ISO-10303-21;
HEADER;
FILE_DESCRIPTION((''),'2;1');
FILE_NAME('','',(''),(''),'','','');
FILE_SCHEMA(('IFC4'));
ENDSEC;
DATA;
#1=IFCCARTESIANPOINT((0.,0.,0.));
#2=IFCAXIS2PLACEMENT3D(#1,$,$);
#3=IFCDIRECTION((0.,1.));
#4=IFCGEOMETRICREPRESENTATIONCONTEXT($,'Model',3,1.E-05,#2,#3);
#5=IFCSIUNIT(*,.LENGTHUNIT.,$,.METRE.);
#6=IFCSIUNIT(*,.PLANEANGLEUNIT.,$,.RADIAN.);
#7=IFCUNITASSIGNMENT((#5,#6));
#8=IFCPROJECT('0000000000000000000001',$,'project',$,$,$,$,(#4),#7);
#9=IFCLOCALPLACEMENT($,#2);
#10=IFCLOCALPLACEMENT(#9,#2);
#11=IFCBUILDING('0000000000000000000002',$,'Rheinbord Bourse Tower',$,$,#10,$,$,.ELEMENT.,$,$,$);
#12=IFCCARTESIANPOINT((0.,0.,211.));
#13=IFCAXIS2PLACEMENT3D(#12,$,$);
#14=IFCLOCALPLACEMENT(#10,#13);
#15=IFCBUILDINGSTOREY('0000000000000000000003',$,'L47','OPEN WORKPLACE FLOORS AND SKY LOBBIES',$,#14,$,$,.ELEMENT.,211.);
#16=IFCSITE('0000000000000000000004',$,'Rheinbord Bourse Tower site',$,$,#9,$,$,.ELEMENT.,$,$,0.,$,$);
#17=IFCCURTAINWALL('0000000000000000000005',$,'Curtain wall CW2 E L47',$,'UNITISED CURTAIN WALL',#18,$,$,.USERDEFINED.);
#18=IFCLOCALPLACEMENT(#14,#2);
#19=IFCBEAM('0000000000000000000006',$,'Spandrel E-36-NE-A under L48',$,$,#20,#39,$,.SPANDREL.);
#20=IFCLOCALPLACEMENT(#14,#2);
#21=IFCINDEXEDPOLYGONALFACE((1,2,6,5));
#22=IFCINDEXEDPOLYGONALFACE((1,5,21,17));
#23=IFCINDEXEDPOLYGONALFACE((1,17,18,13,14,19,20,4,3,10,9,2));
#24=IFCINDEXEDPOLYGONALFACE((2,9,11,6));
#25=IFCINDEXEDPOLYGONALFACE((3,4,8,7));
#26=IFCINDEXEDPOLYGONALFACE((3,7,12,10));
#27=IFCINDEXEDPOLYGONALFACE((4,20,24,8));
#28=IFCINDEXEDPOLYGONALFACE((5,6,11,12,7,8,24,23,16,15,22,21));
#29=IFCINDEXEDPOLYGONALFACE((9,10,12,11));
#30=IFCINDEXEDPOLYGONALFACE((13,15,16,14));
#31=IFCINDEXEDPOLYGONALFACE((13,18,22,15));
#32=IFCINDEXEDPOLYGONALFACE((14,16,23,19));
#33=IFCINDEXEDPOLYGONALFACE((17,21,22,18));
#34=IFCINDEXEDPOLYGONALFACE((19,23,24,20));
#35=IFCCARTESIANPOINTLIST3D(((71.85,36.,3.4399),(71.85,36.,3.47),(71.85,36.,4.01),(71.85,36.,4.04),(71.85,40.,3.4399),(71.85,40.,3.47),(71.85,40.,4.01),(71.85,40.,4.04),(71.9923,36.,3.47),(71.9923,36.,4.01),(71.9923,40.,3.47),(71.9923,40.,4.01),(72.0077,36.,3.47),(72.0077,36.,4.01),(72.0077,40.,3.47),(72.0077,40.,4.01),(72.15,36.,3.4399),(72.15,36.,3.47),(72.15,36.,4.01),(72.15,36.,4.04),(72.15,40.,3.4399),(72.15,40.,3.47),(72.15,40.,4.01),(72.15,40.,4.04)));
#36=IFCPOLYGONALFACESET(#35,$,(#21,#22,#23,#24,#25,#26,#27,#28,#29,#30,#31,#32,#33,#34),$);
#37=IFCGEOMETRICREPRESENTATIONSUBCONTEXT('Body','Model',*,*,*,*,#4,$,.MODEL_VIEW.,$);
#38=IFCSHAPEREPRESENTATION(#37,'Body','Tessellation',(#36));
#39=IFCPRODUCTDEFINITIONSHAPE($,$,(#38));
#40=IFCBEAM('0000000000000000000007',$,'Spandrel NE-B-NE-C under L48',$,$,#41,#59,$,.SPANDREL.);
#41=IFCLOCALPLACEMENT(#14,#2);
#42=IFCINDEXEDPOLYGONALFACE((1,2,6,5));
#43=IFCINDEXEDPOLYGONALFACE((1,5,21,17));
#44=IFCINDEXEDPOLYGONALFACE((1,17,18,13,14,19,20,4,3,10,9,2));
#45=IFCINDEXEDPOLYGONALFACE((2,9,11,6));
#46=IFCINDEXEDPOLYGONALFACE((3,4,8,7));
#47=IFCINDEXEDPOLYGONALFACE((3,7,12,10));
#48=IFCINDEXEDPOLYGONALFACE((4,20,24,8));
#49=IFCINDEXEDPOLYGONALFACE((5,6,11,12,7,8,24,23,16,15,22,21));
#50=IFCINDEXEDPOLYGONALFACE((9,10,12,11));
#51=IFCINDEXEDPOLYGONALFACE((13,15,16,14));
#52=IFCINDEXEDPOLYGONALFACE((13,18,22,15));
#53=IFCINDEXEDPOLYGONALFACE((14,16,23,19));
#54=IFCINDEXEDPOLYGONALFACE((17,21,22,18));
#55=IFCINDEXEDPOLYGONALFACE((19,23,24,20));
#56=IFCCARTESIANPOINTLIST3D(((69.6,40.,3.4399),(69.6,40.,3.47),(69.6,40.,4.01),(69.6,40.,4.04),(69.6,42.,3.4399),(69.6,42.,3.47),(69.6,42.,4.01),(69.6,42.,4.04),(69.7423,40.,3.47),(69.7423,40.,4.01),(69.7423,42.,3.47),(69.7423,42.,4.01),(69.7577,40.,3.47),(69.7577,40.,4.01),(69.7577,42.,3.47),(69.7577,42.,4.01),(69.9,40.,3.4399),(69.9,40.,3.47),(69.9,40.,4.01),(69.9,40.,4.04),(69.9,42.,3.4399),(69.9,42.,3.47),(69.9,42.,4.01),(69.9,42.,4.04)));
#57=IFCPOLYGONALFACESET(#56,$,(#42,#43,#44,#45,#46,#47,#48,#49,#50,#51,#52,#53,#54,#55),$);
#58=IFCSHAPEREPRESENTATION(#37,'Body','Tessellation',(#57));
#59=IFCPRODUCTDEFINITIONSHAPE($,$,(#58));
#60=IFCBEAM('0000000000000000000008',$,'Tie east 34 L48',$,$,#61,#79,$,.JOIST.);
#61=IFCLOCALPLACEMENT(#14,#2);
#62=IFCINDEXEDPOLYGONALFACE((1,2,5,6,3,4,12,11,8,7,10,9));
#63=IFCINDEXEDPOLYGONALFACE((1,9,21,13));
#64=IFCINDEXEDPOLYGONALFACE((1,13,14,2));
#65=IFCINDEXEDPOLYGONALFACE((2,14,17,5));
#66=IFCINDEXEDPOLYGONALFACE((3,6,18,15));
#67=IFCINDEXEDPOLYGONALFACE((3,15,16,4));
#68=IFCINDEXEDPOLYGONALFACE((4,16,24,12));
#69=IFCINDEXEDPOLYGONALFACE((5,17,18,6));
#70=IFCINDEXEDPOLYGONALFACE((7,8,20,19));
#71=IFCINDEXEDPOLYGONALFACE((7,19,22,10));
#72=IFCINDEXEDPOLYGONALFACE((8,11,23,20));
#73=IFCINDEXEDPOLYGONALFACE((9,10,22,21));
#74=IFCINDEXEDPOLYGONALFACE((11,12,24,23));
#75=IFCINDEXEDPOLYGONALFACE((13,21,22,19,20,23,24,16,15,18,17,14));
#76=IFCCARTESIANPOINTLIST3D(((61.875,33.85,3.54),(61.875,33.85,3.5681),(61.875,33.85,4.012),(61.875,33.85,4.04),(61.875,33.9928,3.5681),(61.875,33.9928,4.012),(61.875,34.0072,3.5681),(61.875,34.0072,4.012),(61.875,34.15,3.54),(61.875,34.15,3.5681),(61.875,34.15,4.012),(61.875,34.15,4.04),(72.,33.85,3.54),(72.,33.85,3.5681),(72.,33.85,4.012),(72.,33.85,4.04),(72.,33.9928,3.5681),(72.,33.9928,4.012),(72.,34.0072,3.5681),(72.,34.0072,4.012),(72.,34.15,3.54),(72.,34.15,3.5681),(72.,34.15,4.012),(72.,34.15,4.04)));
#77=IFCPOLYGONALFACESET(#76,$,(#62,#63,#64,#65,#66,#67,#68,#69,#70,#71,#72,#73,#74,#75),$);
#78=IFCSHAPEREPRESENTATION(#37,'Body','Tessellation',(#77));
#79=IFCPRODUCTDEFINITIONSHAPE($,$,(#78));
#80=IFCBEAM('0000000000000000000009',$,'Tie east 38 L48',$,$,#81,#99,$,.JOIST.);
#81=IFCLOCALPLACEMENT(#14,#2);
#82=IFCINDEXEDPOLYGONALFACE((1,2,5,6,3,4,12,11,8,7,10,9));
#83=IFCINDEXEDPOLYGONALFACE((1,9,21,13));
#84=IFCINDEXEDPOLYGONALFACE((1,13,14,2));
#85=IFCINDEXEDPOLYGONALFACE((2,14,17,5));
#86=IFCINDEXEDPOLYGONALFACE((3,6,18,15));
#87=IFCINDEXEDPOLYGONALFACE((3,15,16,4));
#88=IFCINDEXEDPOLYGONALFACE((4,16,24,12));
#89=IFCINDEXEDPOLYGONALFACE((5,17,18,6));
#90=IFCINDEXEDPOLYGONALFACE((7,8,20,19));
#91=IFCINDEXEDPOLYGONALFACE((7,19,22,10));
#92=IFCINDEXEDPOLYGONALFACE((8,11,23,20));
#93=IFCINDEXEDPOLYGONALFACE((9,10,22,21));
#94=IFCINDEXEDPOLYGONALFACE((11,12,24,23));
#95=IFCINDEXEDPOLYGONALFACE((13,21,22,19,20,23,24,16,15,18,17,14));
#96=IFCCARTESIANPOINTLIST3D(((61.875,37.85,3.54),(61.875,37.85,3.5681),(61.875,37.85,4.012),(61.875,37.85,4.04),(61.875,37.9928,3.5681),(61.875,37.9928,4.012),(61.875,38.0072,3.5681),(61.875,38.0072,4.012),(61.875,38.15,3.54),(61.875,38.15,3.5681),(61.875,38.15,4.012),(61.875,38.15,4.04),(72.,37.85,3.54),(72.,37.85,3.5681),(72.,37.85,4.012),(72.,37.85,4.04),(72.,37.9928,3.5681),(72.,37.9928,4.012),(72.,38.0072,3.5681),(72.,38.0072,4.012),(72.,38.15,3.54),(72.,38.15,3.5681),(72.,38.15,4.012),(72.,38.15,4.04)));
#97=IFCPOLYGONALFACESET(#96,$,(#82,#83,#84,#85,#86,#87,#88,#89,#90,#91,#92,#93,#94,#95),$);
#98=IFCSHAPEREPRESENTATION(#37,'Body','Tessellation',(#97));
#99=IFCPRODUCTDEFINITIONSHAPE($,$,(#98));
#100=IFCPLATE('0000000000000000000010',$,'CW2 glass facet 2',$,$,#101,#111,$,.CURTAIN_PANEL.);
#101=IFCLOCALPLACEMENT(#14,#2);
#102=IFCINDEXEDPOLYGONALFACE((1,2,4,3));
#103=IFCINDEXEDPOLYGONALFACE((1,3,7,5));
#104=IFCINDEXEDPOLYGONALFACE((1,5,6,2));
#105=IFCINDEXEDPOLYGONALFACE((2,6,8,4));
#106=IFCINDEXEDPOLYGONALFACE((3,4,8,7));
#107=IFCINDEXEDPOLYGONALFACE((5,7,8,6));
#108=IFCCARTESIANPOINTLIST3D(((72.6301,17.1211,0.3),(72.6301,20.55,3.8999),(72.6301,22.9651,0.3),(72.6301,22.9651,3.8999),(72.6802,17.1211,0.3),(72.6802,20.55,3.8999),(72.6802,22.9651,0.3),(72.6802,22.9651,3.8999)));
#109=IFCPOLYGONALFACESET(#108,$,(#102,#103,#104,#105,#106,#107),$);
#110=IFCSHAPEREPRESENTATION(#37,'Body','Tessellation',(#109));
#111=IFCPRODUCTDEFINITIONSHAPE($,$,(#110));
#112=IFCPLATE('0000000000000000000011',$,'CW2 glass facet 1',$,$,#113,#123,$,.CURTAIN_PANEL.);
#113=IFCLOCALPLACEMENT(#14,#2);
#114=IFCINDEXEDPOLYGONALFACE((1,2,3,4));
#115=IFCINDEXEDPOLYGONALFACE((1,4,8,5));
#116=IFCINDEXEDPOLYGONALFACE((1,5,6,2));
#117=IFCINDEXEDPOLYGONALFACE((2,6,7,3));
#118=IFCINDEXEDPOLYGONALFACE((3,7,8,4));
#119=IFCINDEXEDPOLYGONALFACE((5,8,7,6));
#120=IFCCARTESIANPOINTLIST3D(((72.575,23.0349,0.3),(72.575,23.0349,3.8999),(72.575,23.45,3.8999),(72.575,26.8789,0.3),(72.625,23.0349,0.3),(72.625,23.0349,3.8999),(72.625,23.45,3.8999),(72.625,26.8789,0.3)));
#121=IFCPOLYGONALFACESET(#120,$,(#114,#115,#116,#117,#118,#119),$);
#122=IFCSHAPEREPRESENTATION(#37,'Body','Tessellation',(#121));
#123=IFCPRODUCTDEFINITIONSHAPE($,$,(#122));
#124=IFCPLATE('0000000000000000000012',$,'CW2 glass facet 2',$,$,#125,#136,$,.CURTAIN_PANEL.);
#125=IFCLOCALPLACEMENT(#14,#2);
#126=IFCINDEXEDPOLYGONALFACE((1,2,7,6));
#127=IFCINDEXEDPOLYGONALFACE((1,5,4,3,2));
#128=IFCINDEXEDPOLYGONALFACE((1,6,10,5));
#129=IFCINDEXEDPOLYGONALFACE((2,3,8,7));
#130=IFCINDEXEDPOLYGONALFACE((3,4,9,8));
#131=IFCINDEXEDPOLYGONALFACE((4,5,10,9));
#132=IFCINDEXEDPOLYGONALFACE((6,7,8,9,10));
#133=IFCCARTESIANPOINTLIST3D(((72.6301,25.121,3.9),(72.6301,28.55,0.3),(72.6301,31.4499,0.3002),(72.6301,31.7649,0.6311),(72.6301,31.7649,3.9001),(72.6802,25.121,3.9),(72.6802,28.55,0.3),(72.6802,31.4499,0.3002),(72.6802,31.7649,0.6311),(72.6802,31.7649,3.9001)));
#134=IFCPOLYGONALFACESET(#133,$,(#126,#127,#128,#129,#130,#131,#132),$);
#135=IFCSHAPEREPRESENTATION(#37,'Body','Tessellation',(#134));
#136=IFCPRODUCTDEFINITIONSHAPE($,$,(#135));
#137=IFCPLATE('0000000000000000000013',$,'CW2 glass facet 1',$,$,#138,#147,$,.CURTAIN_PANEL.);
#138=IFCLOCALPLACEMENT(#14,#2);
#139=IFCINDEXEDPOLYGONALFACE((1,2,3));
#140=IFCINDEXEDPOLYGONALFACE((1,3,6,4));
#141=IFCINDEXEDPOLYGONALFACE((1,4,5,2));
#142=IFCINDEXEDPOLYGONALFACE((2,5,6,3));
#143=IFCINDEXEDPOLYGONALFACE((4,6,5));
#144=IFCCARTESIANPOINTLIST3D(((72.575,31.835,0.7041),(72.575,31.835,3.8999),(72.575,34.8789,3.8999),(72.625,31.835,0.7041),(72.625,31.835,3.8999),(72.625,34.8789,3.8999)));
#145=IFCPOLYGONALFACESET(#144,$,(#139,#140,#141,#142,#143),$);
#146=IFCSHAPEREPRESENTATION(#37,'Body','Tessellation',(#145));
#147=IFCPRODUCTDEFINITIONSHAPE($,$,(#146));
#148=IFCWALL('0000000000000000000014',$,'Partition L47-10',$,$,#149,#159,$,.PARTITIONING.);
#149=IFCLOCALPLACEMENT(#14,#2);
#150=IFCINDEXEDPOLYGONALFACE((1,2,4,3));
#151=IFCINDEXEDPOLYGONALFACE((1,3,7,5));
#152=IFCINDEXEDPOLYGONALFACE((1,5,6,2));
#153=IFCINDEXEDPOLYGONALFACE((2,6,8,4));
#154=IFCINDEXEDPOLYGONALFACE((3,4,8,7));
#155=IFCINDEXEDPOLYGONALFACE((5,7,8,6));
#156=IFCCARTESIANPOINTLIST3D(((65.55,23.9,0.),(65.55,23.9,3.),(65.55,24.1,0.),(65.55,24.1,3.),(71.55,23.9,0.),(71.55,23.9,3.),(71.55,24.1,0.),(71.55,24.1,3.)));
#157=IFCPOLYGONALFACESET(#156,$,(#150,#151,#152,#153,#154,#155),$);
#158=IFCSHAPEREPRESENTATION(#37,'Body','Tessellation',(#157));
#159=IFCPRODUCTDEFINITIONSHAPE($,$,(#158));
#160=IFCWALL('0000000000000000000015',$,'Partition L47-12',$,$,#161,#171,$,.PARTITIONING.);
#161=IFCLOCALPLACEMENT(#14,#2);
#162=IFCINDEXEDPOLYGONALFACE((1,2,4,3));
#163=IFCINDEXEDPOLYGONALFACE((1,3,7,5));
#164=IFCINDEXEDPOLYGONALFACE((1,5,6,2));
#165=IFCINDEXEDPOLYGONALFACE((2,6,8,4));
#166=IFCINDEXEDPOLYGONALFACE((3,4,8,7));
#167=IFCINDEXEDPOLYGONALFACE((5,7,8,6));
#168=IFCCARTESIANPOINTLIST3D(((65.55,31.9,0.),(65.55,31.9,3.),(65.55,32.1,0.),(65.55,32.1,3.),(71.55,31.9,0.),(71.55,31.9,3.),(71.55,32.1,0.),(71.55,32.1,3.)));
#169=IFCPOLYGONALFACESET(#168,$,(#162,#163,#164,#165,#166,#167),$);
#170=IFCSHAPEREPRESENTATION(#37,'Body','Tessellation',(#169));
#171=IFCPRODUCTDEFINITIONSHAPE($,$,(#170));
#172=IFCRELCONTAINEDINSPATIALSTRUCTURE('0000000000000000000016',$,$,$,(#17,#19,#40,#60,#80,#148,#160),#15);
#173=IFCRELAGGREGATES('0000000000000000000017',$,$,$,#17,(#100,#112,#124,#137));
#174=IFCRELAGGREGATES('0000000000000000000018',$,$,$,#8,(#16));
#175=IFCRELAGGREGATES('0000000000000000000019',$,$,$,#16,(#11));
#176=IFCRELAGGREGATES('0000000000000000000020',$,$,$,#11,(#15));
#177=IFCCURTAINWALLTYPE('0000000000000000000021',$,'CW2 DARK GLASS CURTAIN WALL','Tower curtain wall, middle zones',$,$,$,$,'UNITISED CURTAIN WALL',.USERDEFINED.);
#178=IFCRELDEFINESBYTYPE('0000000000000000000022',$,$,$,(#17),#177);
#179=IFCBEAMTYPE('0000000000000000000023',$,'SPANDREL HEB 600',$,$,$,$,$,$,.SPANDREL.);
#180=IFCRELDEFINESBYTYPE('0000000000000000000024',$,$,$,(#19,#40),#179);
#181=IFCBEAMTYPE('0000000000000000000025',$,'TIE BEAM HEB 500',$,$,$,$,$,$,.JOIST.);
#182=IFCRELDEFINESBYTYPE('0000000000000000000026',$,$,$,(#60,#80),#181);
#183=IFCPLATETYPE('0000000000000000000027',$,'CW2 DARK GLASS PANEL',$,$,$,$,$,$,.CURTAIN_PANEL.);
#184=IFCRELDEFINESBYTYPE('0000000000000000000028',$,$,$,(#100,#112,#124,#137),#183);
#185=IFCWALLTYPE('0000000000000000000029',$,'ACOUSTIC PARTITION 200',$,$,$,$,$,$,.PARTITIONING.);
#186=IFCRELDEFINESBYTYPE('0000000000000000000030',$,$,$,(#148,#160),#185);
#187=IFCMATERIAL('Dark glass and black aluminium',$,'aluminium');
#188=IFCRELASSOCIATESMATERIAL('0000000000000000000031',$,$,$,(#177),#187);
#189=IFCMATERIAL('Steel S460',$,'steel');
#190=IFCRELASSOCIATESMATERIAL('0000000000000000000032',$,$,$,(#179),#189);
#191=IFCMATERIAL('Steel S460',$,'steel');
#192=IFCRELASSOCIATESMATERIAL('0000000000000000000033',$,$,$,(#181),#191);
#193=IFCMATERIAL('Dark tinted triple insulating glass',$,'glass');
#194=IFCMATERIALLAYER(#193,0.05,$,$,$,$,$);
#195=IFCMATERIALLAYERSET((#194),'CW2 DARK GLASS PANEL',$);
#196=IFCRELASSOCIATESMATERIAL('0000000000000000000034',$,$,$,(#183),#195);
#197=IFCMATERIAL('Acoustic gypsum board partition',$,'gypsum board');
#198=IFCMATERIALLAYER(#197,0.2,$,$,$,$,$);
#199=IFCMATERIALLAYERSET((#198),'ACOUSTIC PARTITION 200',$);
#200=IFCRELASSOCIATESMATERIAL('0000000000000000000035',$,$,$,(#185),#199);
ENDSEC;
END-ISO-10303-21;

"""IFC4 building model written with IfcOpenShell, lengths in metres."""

from ifc_helpers import new_model, si_unit, direction, frame, frame_2d, origin, origin_2d, place, context, subcontext, project, spatial, polyline, rectangle, i_section, outline, extrude, material, layer, layer_set, material_profile, profile_set, type_object, element, aggregate, save


model = new_model("IFC4")

# Units and contexts
model_context = context("Model", 3, precision=1e-05, world=origin(), true_north=direction((0.0, 1.0)))
body_context = subcontext(model_context, "Body", "Model", "MODEL_VIEW")
ifc_project = project(units=[si_unit("LENGTHUNIT", "METRE"), si_unit("PLANEANGLEUNIT", "RADIAN")], contexts=[model_context])

# Site, building, storey
site_placement = place(None, origin())
site = spatial("IfcSite", under=ifc_project, at=site_placement, Name="Rheinbord Bourse Tower site", CompositionType="ELEMENT", RefElevation=0.0)
building_placement = place(site_placement, origin())
building = spatial("IfcBuilding", under=site, at=building_placement, Name="Rheinbord Bourse Tower", CompositionType="ELEMENT")
storey_placement = place(building_placement, frame((0.0, 0.0, 211.0)))
storey = spatial("IfcBuildingStorey", under=building, at=storey_placement, Name="L47", Description="OPEN WORKPLACE FLOORS AND SKY LOBBIES", CompositionType="ELEMENT", Elevation=211.0)

# Curtain wall
ifc_material_1 = material(Name="Dark glass and black aluminium", Category="aluminium")
curtain_wall_type = type_object("IfcCurtainWallType", Name="CW2 DARK GLASS CURTAIN WALL", Description="Tower curtain wall, middle zones", ElementType="UNITISED CURTAIN WALL", PredefinedType="USERDEFINED", material=ifc_material_1)
curtain_wall_placement = place(storey_placement, origin())
curtain_wall = element("IfcCurtainWall", 1, at=curtain_wall_placement, inside=storey, type_object=curtain_wall_type, Name="Curtain wall CW2 E L47", ObjectType="UNITISED CURTAIN WALL", PredefinedType="USERDEFINED")

# Beams
ifc_material_2 = material(Name="Steel S460", Category="steel")
ifc_material_profile_1 = material_profile(ifc_material_2, i_section(OverallWidth=0.3, OverallDepth=0.6001, WebThickness=0.0154, FlangeThickness=0.03, at=origin_2d()), Name="HEB 600")
ifc_profile_set_1 = profile_set([ifc_material_profile_1], Name="Steel S460")
beam_type_1 = type_object("IfcBeamType", Name="SPANDREL HEB 600", PredefinedType="SPANDREL", material=ifc_profile_set_1)
for number, where, z_axis, x_axis, name in (
    (2, (72.0, 36.0, 3.74), (0.0, 1.0, 0.0), (-1.0, 0.0, 0.0), "Spandrel E-36-NE-A under L48"),
):
    element("IfcBeam", number, at=place(storey_placement, frame(where, z_axis=z_axis, x_axis=x_axis)), inside=storey, type_object=beam_type_1, Name=name, PredefinedType="SPANDREL", context=body_context, shape_type="SweptSolid", body=[
        extrude(i_section(OverallWidth=0.3, OverallDepth=0.6001, WebThickness=0.0154, FlangeThickness=0.03, at=origin_2d()), origin(), (0.0, 0.0, 1.0), 4.0),
    ])
beam_placement = place(storey_placement, frame((69.75, 40.0, 3.74), z_axis=(0.0, 1.0, 0.0), x_axis=(-1.0, 0.0, 0.0)))
element("IfcBeam", 3, at=beam_placement, inside=storey, type_object=beam_type_1, Name="Spandrel NE-B-NE-C under L48", PredefinedType="SPANDREL", context=body_context, shape_type="SweptSolid", body=[
    extrude(i_section(OverallWidth=0.3, OverallDepth=0.6001, WebThickness=0.0154, FlangeThickness=0.03, at=origin_2d()), origin(), (0.0, 0.0, 1.0), 2.0),
])
ifc_material_3 = material(Name="Steel S460", Category="steel")
ifc_material_profile_2 = material_profile(ifc_material_3, i_section(OverallWidth=0.3, OverallDepth=0.5, WebThickness=0.0144, FlangeThickness=0.0281, at=origin_2d()), Name="HEB 500")
ifc_profile_set_2 = profile_set([ifc_material_profile_2], Name="Steel S460")
beam_type_2 = type_object("IfcBeamType", Name="TIE BEAM HEB 500", PredefinedType="JOIST", material=ifc_profile_set_2)
for number, where, z_axis, x_axis, name in (
    (4, (61.875, 34.0, 3.79), (1.0, 0.0, 0.0), (0.0, 1.0, 0.0), "Tie east 34 L48"),
    (5, (61.875, 38.0, 3.79), (1.0, 0.0, 0.0), (0.0, 1.0, 0.0), "Tie east 38 L48"),
):
    element("IfcBeam", number, at=place(storey_placement, frame(where, z_axis=z_axis, x_axis=x_axis)), inside=storey, type_object=beam_type_2, Name=name, PredefinedType="JOIST", context=body_context, shape_type="SweptSolid", body=[
        extrude(i_section(OverallWidth=0.3, OverallDepth=0.5, WebThickness=0.0144, FlangeThickness=0.0281, at=origin_2d()), origin(), (0.0, 0.0, 1.0), 10.125),
    ])

# Plates
ifc_material_4 = material(Name="Dark tinted triple insulating glass", Category="glass")
ifc_layer_1 = layer(ifc_material_4, 0.05)
ifc_layer_set_1 = layer_set([ifc_layer_1], Name="CW2 DARK GLASS PANEL")
plate_type = type_object("IfcPlateType", Name="CW2 DARK GLASS PANEL", PredefinedType="CURTAIN_PANEL", material=ifc_layer_set_1)
plate_1_placement = place(storey_placement, frame((72.6802, 22.9651, 3.8999), z_axis=(-1.0, 0.0, 0.0), x_axis=(0.0, 0.0, -1.0)))
plate_1 = element("IfcPlate", 6, at=plate_1_placement, type_object=plate_type, Name="CW2 glass facet 2", PredefinedType="CURTAIN_PANEL", context=body_context, shape_type="SweptSolid", body=[
    extrude(outline(polyline([(0.0, 0.0), (3.5999, 0.0), (3.5999, 5.844), (0.0, 2.415), (0.0, 0.0)])), origin(), (0.0, 0.0, 1.0), 0.05),
])
plate_2_placement = place(storey_placement, frame((72.625, 23.0349, 0.3), z_axis=(-1.0, 0.0, 0.0), x_axis=(0.0, 0.0, 1.0)))
plate_2 = element("IfcPlate", 7, at=plate_2_placement, type_object=plate_type, Name="CW2 glass facet 1", PredefinedType="CURTAIN_PANEL", context=body_context, shape_type="SweptSolid", body=[
    extrude(outline(polyline([(0.0, 0.0), (3.5999, 0.0), (3.5999, 0.415), (0.0, 3.844), (0.0, 0.0)])), origin(), (0.0, 0.0, 1.0), 0.05),
])
plate_3_placement = place(storey_placement, frame((72.6802, 28.55, 0.3), z_axis=(-1.0, 0.0, 0.0), x_axis=(0.0, -0.68971, 0.724085)))
plate_3 = element("IfcPlate", 8, at=plate_3_placement, type_object=plate_type, Name="CW2 glass facet 2", PredefinedType="CURTAIN_PANEL", context=body_context, shape_type="SweptSolid", body=[
    extrude(outline(polyline([(0.0, 0.0), (4.9717, 0.0), (0.3894, 4.8108), (-1.9775, 2.5562), (-2.0, 2.0999), (0.0, 0.0)])), origin(), (0.0, 0.0, 1.0), 0.05),
])
plate_4_placement = place(storey_placement, frame((72.625, 31.835, 3.8999), z_axis=(-1.0, 0.0, 0.0), x_axis=(0.0, 1.0, 0.0)))
plate_4 = element("IfcPlate", 9, at=plate_4_placement, type_object=plate_type, Name="CW2 glass facet 1", PredefinedType="CURTAIN_PANEL", context=body_context, shape_type="SweptSolid", body=[
    extrude(outline(polyline([(0.0, 0.0), (3.0439, 0.0), (0.0, 3.1958), (0.0, 0.0)])), origin(), (0.0, 0.0, 1.0), 0.05),
])
aggregate(curtain_wall, [plate_1, plate_2, plate_3, plate_4])

# Walls
ifc_material_5 = material(Name="Acoustic gypsum board partition", Category="gypsum board")
ifc_layer_2 = layer(ifc_material_5, 0.2)
ifc_layer_set_2 = layer_set([ifc_layer_2], Name="ACOUSTIC PARTITION 200")
wall_type_1 = type_object("IfcWallType", Name="ACOUSTIC PARTITION 200", PredefinedType="PARTITIONING", material=ifc_layer_set_2)
for number, where, z_axis, x_axis, name in (
    (10, (65.55, 24.0, 0.0), (0.0, 0.0, 1.0), (1.0, 0.0, 0.0), "Partition L47-10"),
    (11, (65.55, 32.0, 0.0), (0.0, 0.0, 1.0), (1.0, 0.0, 0.0), "Partition L47-12"),
):
    element("IfcWall", number, at=place(storey_placement, frame(where, z_axis=z_axis, x_axis=x_axis)), inside=storey, type_object=wall_type_1, Name=name, PredefinedType="PARTITIONING", context=body_context, shape_type="SweptSolid", body=[
        extrude(rectangle(XDim=6.0, YDim=0.2, at=frame_2d((3.0, 0.0))), origin(), (0.0, 0.0, 1.0), 3.0),
    ])

save(model, "model.ifc")
